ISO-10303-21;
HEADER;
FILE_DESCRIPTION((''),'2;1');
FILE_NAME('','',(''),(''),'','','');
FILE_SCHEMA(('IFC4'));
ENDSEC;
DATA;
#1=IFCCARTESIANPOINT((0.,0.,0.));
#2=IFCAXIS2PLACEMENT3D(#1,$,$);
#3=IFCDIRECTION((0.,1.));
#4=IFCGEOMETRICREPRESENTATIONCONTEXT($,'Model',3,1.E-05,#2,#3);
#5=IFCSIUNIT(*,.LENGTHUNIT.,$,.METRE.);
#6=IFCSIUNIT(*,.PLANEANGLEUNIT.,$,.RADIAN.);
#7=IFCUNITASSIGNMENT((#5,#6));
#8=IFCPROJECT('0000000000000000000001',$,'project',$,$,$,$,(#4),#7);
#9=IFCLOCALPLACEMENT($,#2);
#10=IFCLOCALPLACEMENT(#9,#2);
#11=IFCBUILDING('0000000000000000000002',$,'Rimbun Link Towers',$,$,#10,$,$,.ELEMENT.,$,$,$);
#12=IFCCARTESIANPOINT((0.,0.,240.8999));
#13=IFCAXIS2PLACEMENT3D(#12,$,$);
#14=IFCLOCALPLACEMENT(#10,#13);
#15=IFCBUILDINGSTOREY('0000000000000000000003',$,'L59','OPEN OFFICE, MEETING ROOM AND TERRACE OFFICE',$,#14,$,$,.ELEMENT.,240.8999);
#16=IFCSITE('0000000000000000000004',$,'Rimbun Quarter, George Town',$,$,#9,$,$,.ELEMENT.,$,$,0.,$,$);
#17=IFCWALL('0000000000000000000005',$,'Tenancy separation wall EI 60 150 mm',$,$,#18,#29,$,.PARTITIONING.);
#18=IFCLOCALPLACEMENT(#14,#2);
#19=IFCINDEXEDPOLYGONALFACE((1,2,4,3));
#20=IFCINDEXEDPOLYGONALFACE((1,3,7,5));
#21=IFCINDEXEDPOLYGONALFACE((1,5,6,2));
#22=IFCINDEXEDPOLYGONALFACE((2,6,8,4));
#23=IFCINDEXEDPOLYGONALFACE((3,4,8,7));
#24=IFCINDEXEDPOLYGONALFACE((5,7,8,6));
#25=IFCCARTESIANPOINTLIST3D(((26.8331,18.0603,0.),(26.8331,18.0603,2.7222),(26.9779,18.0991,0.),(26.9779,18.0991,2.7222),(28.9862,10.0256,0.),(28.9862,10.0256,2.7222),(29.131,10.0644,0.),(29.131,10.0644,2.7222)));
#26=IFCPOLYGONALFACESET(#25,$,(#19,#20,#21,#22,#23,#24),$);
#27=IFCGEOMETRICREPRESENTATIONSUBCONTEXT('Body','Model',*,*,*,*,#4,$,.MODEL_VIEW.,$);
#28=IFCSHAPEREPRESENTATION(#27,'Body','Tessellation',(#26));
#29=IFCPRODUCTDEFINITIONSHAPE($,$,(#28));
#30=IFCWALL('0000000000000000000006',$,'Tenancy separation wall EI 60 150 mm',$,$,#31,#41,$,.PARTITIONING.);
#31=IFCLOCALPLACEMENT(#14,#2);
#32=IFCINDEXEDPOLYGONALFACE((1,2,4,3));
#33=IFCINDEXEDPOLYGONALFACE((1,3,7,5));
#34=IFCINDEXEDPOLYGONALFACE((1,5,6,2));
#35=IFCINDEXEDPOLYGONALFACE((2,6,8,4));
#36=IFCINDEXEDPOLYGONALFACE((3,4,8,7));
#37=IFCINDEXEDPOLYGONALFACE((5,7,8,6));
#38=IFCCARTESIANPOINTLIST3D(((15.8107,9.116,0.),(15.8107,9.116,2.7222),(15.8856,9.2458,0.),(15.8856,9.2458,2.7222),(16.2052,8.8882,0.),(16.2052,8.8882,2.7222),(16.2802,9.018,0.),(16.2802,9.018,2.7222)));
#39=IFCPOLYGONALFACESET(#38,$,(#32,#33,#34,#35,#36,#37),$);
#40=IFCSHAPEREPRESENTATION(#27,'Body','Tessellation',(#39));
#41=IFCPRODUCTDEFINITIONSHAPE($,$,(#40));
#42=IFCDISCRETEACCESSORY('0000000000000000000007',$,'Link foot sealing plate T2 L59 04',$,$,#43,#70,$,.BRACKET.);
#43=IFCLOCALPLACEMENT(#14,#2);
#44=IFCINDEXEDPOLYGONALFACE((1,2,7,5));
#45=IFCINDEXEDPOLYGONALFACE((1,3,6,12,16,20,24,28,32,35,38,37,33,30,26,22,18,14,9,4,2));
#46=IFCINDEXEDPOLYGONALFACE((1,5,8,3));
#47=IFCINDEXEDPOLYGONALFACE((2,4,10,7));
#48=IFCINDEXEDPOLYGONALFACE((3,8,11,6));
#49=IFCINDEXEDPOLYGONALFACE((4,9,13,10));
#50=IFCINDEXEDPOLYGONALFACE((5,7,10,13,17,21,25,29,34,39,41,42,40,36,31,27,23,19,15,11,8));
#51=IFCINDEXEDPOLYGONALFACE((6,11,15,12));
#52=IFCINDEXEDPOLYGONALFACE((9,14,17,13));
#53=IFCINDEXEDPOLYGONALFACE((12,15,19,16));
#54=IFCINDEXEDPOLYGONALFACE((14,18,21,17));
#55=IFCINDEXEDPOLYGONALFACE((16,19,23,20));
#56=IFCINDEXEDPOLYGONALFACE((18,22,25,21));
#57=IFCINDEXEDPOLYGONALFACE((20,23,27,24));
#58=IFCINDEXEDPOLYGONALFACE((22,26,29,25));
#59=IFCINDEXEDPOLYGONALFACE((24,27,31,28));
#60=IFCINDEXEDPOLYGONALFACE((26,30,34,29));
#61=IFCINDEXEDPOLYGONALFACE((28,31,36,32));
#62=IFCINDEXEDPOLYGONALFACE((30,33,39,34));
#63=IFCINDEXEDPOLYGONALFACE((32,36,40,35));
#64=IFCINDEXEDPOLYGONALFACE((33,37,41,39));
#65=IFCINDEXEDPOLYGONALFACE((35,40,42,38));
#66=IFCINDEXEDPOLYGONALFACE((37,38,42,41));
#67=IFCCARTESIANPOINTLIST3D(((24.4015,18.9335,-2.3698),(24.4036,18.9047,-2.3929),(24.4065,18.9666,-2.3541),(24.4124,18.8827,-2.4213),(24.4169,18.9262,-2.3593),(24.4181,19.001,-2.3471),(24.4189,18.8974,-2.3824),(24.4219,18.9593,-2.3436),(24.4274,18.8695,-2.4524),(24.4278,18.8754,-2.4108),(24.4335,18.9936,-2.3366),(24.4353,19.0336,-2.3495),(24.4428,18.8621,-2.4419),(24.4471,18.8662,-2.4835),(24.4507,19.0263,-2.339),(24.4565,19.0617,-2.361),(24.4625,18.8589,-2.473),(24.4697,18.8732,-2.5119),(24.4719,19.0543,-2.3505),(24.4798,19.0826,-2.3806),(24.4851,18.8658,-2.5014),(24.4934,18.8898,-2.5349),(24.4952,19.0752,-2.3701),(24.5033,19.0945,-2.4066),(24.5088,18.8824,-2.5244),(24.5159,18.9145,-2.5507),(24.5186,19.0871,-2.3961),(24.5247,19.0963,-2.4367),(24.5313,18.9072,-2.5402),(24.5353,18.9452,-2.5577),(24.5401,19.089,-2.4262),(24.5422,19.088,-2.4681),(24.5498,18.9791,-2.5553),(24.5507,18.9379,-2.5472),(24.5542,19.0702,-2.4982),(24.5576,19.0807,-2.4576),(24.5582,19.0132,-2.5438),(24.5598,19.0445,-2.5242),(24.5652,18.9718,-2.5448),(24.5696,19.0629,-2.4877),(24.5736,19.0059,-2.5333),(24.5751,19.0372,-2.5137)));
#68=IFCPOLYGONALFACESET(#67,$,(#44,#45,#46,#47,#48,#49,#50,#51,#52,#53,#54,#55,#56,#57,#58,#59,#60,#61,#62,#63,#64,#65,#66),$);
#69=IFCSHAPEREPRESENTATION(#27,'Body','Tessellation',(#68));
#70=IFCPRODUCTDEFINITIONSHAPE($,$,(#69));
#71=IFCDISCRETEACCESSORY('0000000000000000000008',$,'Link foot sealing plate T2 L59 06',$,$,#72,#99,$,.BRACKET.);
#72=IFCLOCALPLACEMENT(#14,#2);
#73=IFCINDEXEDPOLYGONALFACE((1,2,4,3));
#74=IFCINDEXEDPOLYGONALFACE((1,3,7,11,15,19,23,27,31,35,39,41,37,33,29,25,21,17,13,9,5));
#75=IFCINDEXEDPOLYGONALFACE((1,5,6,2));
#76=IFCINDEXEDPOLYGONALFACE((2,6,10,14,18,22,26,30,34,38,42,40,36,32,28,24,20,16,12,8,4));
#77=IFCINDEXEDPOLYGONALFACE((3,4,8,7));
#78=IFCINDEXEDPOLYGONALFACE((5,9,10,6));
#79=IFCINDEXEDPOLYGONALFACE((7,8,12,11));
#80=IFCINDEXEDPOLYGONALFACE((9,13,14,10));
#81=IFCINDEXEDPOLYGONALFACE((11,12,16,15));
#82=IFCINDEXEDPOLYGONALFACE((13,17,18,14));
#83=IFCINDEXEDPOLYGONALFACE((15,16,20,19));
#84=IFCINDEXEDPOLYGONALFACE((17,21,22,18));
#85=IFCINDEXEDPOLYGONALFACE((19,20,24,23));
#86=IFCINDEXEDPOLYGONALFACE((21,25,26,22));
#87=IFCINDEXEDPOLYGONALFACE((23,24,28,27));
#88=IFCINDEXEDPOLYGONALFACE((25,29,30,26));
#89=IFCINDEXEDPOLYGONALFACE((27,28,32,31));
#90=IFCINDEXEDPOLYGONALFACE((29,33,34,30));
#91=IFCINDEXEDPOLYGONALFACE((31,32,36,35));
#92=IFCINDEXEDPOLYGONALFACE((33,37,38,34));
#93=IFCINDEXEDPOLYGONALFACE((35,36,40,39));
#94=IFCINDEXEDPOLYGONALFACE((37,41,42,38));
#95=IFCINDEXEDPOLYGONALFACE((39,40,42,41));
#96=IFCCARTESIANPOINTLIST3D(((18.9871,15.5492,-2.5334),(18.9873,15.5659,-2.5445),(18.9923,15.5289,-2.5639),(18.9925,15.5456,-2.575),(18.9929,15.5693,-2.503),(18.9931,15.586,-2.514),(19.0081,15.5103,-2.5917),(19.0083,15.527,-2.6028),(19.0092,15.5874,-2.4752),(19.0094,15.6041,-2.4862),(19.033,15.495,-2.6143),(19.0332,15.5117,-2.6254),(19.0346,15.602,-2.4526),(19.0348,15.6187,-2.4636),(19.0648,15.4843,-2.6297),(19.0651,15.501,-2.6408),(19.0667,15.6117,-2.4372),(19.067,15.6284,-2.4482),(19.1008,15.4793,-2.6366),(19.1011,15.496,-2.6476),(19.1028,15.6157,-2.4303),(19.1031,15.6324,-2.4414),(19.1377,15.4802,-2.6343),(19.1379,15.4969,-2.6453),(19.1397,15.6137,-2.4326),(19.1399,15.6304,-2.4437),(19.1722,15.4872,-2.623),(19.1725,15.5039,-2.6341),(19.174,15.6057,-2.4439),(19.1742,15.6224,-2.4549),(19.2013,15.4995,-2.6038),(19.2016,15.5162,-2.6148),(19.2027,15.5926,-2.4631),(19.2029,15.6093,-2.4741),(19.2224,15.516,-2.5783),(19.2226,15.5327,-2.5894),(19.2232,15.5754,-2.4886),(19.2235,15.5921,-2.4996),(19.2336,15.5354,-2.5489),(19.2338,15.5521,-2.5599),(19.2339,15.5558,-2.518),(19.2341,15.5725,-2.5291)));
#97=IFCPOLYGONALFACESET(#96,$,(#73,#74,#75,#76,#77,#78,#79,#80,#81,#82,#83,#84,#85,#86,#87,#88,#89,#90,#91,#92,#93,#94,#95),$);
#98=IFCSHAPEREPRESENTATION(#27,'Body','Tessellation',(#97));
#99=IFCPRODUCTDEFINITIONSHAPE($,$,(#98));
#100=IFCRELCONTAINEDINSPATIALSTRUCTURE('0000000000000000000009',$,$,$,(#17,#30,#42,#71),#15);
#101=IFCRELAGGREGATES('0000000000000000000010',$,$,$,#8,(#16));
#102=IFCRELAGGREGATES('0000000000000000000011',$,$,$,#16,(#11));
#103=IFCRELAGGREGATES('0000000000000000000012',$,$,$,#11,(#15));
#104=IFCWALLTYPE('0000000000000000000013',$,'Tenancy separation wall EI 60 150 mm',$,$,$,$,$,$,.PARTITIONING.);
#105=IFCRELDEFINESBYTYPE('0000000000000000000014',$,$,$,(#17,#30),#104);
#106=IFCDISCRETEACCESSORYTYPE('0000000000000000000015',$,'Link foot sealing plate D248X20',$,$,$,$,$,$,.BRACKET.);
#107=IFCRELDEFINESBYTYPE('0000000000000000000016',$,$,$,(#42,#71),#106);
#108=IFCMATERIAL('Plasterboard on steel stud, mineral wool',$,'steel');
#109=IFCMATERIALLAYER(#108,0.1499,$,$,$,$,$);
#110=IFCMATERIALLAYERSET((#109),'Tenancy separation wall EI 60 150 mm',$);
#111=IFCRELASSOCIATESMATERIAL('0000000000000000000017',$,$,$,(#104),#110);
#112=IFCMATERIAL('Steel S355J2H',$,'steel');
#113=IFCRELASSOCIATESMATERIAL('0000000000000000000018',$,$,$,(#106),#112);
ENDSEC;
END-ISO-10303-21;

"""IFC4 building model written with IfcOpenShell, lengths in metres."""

from ifc_helpers import new_model, si_unit, direction, frame, frame_2d, origin, origin_2d, place, context, subcontext, project, spatial, rectangle, circle, extrude, material, layer, layer_set, material_profile, profile_set, type_object, element, save


model = new_model("IFC4")

# Units and contexts
model_context = context("Model", 3, precision=1e-05, world=origin(), true_north=direction((0.0, 1.0)))
body_context = subcontext(model_context, "Body", "Model", "MODEL_VIEW")
ifc_project = project(units=[si_unit("LENGTHUNIT", "METRE"), si_unit("PLANEANGLEUNIT", "RADIAN")], contexts=[model_context])

# Site, building, storey
site_placement = place(None, origin())
site = spatial("IfcSite", under=ifc_project, at=site_placement, Name="Rimbun Quarter, George Town", CompositionType="ELEMENT", RefElevation=0.0)
building_placement = place(site_placement, origin())
building = spatial("IfcBuilding", under=site, at=building_placement, Name="Rimbun Link Towers", CompositionType="ELEMENT")
storey_placement = place(building_placement, frame((0.0, 0.0, 240.8999)))
storey = spatial("IfcBuildingStorey", under=building, at=storey_placement, Name="L59", Description="OPEN OFFICE, MEETING ROOM AND TERRACE OFFICE", CompositionType="ELEMENT", Elevation=240.8999)

# Walls
ifc_material_1 = material(Name="Plasterboard on steel stud, mineral wool", Category="steel")
ifc_layer_1 = layer(ifc_material_1, 0.1499)
ifc_layer_set_1 = layer_set([ifc_layer_1], Name="Tenancy separation wall EI 60 150 mm")
wall_type_1 = type_object("IfcWallType", Name="Tenancy separation wall EI 60 150 mm", PredefinedType="PARTITIONING", material=ifc_layer_set_1)
wall_1_placement = place(storey_placement, frame((29.0586, 10.0449, 0.0), z_axis=(0.0, 0.0, 1.0), x_axis=(-0.258841, 0.96592, 0.0)))
element("IfcWall", 1, at=wall_1_placement, inside=storey, type_object=wall_type_1, Name="Tenancy separation wall EI 60 150 mm", PredefinedType="PARTITIONING", context=body_context, shape_type="SweptSolid", body=[
    extrude(rectangle(XDim=8.3181, YDim=0.1499, at=frame_2d((4.1592, 0.0))), origin(), (0.0, 0.0, 1.0), 2.7222),
])
wall_2_placement = place(storey_placement, frame((16.2427, 8.9531, 0.0), z_axis=(0.0, 0.0, 1.0), x_axis=(-0.866025, 0.500001, 0.0)))
element("IfcWall", 2, at=wall_2_placement, inside=storey, type_object=wall_type_1, Name="Tenancy separation wall EI 60 150 mm", PredefinedType="PARTITIONING", context=body_context, shape_type="SweptSolid", body=[
    extrude(rectangle(XDim=0.4556, YDim=0.1499, at=frame_2d((0.2278, 0.0))), origin(), (0.0, 0.0, 1.0), 2.7222),
])

# Discrete accessories
ifc_material_2 = material(Name="Steel S355J2H", Category="steel")
ifc_material_profile_1 = material_profile(ifc_material_2, circle(Radius=0.124, at=origin_2d()), Name="PL D248")
ifc_profile_set_1 = profile_set([ifc_material_profile_1], Name="Steel S355J2H")
discrete_accessory_type = type_object("IfcDiscreteAccessoryType", Name="Link foot sealing plate D248X20", PredefinedType="BRACKET", material=ifc_profile_set_1)
for number, where, z_axis, x_axis, name in (
    (3, (24.4961, 18.9741, -2.4419), (-0.768636, 0.366017, -0.524624), (-0.429934, -0.902861, 0.0), "Link foot sealing plate T2 L59 04"),
    (4, (19.1111, 15.5474, -2.5334), (0.012263, 0.83387, -0.551825), (-0.999892, 0.014704, 0.0), "Link foot sealing plate T2 L59 06"),
):
    element("IfcDiscreteAccessory", number, at=place(storey_placement, frame(where, z_axis=z_axis, x_axis=x_axis)), inside=storey, type_object=discrete_accessory_type, Name=name, PredefinedType="BRACKET", context=body_context, shape_type="SweptSolid", body=[
        extrude(circle(Radius=0.124, at=origin_2d()), origin(), (0.0, 0.0, 1.0), 0.02),
    ])

save(model, "model.ifc")
